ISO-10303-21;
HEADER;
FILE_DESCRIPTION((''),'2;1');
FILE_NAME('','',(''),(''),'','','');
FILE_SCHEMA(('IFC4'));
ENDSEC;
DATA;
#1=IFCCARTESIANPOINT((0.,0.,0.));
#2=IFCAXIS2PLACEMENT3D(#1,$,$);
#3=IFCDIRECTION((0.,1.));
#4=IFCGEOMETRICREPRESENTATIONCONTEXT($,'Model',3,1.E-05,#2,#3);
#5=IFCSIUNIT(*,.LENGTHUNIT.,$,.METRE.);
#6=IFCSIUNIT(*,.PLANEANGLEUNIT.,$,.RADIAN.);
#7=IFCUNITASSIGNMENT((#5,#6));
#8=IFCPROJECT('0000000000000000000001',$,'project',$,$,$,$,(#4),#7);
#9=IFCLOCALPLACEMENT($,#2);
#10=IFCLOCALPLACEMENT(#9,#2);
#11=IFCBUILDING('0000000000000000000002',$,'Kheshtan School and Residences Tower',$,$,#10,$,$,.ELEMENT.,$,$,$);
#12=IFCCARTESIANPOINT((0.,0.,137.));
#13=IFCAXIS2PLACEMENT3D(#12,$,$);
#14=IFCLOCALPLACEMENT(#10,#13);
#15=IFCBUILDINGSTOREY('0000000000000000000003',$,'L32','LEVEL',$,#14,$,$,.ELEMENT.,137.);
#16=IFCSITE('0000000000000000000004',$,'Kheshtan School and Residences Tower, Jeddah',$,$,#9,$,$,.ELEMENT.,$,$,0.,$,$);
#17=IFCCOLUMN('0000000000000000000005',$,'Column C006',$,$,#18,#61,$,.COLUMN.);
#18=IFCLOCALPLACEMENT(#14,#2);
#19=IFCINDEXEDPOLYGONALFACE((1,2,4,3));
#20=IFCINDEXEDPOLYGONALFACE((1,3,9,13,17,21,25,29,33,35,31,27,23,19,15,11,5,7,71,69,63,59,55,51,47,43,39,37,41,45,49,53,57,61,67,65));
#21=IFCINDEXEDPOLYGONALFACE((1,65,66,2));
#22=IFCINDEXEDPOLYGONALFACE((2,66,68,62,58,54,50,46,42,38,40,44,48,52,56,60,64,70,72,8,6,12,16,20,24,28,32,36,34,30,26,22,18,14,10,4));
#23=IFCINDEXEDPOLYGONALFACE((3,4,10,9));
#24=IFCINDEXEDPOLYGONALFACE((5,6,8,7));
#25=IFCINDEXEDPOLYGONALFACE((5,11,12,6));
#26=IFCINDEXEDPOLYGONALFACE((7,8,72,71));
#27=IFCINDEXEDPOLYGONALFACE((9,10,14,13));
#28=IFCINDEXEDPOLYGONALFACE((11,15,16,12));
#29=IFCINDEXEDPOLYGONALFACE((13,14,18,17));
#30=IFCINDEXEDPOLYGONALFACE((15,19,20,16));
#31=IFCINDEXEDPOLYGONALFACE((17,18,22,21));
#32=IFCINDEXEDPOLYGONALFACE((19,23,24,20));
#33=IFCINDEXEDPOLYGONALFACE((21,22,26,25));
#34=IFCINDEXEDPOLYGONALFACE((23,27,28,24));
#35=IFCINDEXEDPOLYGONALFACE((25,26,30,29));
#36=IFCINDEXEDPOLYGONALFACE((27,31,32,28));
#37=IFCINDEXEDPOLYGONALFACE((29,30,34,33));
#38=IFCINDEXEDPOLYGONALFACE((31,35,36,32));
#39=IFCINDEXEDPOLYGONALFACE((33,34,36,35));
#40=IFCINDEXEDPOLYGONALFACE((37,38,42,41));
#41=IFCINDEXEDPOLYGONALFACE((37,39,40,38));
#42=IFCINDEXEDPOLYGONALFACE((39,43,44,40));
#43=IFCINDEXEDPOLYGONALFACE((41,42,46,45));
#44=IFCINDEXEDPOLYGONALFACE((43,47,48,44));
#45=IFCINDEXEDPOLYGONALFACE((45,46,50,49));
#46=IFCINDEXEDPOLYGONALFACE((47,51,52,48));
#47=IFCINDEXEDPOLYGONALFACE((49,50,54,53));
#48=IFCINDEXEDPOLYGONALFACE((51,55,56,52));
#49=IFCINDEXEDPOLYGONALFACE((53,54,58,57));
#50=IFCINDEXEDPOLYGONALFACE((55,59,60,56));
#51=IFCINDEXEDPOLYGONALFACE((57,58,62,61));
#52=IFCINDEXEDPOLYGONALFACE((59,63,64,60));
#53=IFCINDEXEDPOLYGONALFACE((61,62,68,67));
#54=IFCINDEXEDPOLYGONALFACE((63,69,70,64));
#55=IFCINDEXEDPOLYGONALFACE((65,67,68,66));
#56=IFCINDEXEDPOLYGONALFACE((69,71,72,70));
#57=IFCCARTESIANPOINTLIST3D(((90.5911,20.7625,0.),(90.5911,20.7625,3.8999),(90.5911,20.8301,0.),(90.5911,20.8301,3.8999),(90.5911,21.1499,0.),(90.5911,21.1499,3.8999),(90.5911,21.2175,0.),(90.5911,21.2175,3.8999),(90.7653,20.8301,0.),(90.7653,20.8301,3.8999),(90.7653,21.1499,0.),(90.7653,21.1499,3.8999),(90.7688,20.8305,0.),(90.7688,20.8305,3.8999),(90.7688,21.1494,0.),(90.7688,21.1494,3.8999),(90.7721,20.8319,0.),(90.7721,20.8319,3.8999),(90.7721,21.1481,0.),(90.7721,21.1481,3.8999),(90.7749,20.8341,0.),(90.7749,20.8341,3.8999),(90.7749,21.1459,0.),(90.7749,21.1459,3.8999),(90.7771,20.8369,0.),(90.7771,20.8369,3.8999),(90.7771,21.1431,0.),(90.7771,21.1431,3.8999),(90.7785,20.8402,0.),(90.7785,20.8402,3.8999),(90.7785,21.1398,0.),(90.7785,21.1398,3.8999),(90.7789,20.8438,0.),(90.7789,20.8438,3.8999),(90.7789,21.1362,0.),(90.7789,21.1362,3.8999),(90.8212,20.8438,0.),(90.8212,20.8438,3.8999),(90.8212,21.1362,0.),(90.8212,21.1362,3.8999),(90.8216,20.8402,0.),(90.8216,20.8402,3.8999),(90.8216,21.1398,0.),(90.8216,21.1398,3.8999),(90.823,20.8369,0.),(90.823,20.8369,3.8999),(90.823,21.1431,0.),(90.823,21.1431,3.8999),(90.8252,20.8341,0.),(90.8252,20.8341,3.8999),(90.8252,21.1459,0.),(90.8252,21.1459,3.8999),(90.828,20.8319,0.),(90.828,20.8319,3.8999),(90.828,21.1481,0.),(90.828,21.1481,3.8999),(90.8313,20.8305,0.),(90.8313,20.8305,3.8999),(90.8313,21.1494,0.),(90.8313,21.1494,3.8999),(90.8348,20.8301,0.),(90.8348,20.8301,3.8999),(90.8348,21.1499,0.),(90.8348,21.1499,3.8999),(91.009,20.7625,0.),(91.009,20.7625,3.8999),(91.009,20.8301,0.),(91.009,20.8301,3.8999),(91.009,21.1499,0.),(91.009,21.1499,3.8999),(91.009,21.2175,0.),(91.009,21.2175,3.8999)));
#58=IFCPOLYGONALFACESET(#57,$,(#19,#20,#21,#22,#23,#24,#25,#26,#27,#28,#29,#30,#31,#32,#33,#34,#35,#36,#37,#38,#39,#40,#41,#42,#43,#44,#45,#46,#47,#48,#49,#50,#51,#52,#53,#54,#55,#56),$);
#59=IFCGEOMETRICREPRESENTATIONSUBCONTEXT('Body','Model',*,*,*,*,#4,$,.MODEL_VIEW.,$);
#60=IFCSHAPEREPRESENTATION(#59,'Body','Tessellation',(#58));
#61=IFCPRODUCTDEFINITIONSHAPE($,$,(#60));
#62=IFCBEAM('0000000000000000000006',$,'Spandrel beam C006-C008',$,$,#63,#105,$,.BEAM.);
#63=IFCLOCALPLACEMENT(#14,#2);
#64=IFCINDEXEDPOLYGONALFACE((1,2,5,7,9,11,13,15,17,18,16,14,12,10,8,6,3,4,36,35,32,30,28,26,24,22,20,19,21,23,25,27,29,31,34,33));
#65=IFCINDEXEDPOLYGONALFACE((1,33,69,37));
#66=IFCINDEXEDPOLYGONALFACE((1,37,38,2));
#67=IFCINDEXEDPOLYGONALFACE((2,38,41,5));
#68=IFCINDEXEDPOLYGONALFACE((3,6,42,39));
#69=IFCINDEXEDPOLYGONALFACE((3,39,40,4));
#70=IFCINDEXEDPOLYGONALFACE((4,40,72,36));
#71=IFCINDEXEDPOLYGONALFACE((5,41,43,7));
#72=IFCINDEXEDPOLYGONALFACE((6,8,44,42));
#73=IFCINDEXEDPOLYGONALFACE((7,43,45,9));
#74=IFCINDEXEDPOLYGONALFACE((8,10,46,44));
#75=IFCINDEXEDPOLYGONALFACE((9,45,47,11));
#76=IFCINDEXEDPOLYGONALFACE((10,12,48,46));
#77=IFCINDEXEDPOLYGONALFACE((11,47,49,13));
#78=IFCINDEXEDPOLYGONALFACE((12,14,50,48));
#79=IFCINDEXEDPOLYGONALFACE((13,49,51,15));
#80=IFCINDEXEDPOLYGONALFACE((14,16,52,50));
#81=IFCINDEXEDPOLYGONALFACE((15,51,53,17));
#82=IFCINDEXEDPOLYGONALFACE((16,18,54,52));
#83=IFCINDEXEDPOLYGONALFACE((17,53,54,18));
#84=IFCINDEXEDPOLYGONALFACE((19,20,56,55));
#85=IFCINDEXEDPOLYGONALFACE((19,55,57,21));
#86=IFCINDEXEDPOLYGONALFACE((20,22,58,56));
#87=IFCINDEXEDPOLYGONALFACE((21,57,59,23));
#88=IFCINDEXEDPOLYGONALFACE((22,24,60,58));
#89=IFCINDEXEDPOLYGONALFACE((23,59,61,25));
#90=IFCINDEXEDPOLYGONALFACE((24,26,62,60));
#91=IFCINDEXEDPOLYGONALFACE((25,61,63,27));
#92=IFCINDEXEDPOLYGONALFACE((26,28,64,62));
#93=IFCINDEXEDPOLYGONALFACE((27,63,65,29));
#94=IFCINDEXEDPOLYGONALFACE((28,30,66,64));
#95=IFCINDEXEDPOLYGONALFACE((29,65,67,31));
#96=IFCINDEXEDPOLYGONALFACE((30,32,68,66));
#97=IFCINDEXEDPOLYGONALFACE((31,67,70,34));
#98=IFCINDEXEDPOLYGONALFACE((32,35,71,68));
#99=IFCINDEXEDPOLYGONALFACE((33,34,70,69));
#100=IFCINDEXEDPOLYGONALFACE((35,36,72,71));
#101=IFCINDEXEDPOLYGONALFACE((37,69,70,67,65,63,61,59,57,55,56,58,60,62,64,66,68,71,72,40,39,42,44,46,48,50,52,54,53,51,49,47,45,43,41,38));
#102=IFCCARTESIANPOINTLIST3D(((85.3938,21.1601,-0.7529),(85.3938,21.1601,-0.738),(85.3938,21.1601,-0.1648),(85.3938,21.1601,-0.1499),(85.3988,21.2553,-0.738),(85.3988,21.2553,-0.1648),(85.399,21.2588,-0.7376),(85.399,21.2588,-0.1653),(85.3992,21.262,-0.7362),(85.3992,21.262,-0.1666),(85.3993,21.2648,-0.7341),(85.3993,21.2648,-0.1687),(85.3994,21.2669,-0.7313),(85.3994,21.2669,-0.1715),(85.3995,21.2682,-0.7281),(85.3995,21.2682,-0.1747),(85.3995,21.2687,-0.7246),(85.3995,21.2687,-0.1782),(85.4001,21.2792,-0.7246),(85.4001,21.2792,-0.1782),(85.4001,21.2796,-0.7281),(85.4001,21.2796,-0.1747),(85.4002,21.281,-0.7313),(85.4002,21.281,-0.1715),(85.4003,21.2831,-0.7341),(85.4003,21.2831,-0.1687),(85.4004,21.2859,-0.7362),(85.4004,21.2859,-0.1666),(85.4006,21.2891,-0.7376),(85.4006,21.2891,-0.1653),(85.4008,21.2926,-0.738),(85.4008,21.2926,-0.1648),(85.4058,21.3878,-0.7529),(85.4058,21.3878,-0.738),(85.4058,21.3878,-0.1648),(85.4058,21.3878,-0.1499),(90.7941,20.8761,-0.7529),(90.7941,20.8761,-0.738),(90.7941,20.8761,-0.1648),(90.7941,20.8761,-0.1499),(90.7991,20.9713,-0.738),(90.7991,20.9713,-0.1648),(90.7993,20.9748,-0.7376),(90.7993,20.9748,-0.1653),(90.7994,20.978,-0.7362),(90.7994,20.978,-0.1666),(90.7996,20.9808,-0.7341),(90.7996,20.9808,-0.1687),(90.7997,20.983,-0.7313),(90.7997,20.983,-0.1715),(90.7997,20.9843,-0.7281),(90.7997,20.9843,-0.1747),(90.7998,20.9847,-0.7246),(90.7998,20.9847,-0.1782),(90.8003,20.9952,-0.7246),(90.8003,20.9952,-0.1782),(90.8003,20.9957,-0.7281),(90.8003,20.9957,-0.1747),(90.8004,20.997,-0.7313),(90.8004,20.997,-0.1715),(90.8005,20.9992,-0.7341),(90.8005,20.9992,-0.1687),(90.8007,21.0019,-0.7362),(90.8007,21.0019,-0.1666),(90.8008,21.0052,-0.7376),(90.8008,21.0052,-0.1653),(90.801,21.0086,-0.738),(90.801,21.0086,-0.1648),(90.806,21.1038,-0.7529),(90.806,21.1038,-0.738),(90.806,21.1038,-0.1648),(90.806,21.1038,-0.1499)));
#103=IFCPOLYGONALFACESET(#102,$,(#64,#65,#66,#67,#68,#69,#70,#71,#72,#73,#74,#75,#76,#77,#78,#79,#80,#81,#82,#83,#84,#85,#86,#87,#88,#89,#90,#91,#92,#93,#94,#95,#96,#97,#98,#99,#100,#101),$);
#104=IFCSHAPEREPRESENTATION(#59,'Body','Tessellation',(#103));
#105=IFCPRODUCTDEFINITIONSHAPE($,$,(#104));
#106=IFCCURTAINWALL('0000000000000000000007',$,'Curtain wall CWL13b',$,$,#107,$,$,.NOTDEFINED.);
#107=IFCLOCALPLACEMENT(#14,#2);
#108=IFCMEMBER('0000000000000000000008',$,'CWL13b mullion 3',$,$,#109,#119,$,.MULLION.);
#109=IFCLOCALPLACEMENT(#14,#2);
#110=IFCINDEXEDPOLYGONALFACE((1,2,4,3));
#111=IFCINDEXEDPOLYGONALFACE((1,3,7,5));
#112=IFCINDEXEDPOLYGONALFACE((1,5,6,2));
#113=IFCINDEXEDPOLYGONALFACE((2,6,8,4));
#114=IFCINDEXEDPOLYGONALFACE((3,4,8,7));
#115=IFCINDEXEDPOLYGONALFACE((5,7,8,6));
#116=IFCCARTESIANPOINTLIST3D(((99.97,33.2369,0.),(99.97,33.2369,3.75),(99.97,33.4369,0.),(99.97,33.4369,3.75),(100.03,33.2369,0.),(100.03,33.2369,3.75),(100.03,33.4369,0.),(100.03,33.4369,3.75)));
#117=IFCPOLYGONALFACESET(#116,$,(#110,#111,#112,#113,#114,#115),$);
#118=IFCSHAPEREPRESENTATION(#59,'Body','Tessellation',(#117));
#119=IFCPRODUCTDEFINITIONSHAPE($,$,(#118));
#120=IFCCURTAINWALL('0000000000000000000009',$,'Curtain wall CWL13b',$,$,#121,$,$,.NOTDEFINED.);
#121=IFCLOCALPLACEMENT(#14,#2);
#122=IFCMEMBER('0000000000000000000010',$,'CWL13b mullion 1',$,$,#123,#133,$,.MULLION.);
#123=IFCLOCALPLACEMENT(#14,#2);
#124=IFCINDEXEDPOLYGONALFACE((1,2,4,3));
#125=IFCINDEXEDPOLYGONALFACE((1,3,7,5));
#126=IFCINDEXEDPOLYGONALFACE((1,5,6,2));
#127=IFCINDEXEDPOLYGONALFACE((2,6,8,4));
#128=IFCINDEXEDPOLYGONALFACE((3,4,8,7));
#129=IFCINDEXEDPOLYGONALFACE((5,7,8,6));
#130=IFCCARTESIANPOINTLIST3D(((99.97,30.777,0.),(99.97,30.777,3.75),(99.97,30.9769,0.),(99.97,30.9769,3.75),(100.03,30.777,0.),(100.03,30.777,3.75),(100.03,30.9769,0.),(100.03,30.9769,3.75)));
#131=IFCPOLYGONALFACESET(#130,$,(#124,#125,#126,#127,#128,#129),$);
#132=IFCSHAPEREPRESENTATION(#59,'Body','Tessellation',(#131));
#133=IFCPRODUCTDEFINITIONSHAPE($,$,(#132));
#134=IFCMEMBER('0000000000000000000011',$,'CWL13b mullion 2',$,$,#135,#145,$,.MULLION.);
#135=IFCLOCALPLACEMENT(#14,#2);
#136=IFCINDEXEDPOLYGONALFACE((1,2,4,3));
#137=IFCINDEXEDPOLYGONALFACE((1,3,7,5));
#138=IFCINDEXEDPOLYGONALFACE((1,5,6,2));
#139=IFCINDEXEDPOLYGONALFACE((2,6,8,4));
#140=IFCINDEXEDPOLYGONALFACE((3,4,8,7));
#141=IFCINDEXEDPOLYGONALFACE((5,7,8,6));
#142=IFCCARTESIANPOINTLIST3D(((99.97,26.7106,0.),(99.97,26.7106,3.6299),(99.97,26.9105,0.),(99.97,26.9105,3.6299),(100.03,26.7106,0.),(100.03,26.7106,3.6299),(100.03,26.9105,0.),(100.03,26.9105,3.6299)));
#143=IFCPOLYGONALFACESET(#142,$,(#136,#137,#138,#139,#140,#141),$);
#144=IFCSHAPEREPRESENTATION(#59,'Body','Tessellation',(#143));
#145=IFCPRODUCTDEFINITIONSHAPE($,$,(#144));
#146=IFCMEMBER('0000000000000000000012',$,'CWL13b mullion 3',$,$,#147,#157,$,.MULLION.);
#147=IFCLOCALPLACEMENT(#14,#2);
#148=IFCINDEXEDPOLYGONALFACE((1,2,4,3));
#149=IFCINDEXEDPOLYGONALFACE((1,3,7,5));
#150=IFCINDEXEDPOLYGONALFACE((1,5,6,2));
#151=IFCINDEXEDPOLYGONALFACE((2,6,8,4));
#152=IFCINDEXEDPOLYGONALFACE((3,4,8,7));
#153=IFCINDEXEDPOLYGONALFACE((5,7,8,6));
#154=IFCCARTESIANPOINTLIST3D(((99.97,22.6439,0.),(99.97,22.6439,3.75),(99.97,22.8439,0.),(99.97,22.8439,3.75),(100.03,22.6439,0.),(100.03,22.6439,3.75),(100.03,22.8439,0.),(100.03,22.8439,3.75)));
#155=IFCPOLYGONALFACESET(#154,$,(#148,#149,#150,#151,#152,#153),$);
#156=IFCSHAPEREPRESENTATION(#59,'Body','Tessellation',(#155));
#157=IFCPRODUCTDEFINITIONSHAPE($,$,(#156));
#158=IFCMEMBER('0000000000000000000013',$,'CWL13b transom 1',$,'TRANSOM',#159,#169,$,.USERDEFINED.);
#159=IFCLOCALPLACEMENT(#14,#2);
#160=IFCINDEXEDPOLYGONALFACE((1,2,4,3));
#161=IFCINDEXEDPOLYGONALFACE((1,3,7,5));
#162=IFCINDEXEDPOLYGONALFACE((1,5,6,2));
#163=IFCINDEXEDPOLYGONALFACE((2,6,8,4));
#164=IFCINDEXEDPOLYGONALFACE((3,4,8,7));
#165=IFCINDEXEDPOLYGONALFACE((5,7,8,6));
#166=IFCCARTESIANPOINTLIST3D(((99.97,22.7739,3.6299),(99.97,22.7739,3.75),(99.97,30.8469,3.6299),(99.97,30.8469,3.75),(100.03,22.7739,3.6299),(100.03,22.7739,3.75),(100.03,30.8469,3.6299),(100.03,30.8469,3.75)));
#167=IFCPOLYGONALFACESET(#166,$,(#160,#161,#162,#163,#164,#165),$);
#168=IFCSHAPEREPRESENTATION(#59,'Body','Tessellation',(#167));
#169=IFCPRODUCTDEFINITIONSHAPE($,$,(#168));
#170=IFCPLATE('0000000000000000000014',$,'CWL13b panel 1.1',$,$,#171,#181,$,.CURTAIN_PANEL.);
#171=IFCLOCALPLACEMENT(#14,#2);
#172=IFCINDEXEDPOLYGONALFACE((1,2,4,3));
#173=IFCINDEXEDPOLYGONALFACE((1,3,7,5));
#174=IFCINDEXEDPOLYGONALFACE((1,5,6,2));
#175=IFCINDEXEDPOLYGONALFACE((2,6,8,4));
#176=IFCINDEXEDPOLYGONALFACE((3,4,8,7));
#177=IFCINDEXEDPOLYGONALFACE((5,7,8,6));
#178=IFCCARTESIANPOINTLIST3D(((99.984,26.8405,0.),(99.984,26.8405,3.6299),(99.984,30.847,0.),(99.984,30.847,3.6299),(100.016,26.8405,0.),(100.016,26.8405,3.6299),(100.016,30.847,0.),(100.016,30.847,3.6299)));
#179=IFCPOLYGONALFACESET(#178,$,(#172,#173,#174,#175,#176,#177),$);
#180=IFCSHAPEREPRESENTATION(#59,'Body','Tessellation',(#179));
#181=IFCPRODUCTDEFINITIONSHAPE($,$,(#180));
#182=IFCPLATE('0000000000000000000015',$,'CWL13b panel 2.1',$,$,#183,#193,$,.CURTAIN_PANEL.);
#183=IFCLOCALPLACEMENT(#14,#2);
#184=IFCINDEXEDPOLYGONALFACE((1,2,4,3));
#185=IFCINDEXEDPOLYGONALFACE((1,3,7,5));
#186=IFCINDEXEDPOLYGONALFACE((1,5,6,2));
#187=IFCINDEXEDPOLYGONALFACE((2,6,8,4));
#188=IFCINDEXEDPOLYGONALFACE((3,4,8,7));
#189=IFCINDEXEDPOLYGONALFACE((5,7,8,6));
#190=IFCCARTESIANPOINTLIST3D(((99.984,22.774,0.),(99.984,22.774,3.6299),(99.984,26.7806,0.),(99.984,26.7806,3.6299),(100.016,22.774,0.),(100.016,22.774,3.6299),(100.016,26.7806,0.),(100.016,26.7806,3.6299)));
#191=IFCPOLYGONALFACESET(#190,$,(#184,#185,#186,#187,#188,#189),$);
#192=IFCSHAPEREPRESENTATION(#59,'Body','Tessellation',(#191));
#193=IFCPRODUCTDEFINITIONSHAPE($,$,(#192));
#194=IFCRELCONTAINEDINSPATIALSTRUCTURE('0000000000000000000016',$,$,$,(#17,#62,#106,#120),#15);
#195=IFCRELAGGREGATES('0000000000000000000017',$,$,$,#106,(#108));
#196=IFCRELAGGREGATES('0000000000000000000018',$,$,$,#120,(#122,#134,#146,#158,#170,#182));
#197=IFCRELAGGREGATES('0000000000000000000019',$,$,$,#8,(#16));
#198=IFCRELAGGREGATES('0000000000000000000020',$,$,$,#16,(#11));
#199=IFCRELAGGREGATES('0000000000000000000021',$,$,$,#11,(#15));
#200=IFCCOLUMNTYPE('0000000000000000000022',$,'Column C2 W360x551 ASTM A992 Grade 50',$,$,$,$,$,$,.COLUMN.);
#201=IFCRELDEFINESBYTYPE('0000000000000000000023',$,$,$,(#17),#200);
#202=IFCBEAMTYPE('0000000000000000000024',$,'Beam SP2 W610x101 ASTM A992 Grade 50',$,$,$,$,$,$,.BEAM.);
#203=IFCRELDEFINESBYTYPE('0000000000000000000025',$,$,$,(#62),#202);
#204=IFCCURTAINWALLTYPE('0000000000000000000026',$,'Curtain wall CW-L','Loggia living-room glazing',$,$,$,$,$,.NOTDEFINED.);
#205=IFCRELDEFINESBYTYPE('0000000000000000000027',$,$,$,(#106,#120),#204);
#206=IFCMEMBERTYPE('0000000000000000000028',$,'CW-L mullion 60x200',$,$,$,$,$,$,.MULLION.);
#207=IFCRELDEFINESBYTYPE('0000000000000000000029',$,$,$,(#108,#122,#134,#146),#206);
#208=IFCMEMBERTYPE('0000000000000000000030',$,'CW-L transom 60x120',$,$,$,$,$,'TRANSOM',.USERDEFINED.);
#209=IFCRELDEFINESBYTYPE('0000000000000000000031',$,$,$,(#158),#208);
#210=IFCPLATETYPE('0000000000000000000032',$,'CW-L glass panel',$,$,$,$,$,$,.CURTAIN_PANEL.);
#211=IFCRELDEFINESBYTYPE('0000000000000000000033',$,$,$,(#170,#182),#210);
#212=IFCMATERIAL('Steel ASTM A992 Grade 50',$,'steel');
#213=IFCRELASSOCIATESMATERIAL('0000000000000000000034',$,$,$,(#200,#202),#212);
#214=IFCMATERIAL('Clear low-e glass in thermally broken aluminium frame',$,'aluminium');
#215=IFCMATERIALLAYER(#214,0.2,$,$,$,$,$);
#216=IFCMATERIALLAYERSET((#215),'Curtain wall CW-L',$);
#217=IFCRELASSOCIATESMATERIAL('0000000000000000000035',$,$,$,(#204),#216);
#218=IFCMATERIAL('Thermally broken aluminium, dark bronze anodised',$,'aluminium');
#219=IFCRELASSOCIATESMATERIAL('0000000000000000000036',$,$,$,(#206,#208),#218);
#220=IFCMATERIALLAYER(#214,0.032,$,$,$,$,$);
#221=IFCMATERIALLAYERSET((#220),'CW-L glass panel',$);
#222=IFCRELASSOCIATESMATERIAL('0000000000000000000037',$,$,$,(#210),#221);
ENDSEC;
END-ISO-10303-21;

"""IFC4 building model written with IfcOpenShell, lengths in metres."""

from ifc_helpers import new_model, si_unit, direction, frame, origin, origin_2d, place, context, subcontext, project, spatial, rectangle, i_section, extrude, material, layer, layer_set, material_profile, profile_set, type_object, element, aggregate, save


model = new_model("IFC4")

# Units and contexts
model_context = context("Model", 3, precision=1e-05, world=origin(), true_north=direction((0.0, 1.0)))
body_context = subcontext(model_context, "Body", "Model", "MODEL_VIEW")
ifc_project = project(units=[si_unit("LENGTHUNIT", "METRE"), si_unit("PLANEANGLEUNIT", "RADIAN")], contexts=[model_context])

# Site, building, storey
site_placement = place(None, origin())
site = spatial("IfcSite", under=ifc_project, at=site_placement, Name="Kheshtan School and Residences Tower, Jeddah", CompositionType="ELEMENT", RefElevation=0.0)
building_placement = place(site_placement, origin())
building = spatial("IfcBuilding", under=site, at=building_placement, Name="Kheshtan School and Residences Tower", CompositionType="ELEMENT")
storey_placement = place(building_placement, frame((0.0, 0.0, 137.0)))
storey = spatial("IfcBuildingStorey", under=building, at=storey_placement, Name="L32", Description="LEVEL", CompositionType="ELEMENT", Elevation=137.0)

# Column
ifc_material_1 = material(Name="Steel ASTM A992 Grade 50", Category="steel")
ifc_material_profile_1 = material_profile(ifc_material_1, i_section(OverallWidth=0.418, OverallDepth=0.4551, WebThickness=0.0422, FlangeThickness=0.0676, FilletRadius=0.0137, at=origin_2d()), Name="W360x551")
ifc_profile_set_1 = profile_set([ifc_material_profile_1], Name="Steel ASTM A992 Grade 50")
column_type = type_object("IfcColumnType", Name="Column C2 W360x551 ASTM A992 Grade 50", PredefinedType="COLUMN", material=ifc_profile_set_1)
column_placement = place(storey_placement, frame((90.8, 20.99, 0.0), z_axis=(0.0, 0.0, 1.0), x_axis=(1.0, 0.0, 0.0)))
element("IfcColumn", 1, at=column_placement, inside=storey, type_object=column_type, Name="Column C006", PredefinedType="COLUMN", context=body_context, shape_type="SweptSolid", body=[
    extrude(i_section(OverallWidth=0.418, OverallDepth=0.4551, WebThickness=0.0422, FlangeThickness=0.0676, FilletRadius=0.0137, at=origin_2d()), origin(), (0.0, 0.0, 1.0), 3.8999),
])

# Beam
ifc_material_profile_2 = material_profile(ifc_material_1, i_section(OverallWidth=0.228, OverallDepth=0.603, WebThickness=0.0105, FlangeThickness=0.0149, FilletRadius=0.0134, at=origin_2d()), Name="W610x101")
ifc_profile_set_2 = profile_set([ifc_material_profile_2], Name="Steel ASTM A992 Grade 50")
beam_type = type_object("IfcBeamType", Name="Beam SP2 W610x101 ASTM A992 Grade 50", PredefinedType="BEAM", material=ifc_profile_set_2)
beam_placement = place(storey_placement, frame((90.8, 20.99, -0.4514), z_axis=(-0.998621, 0.052507, 0.0), x_axis=(-0.052507, -0.998621, 0.0)))
element("IfcBeam", 2, at=beam_placement, inside=storey, type_object=beam_type, Name="Spandrel beam C006-C008", PredefinedType="BEAM", context=body_context, shape_type="SweptSolid", body=[
    extrude(i_section(OverallWidth=0.228, OverallDepth=0.603, WebThickness=0.0105, FlangeThickness=0.0149, FilletRadius=0.0134, at=origin_2d()), origin(), (0.0, 0.0, 1.0), 5.4077),
])

# Curtain wall, member
ifc_material_2 = material(Name="Clear low-e glass in thermally broken aluminium frame", Category="aluminium")
ifc_layer_1 = layer(ifc_material_2, 0.2)
ifc_layer_set_1 = layer_set([ifc_layer_1], Name="Curtain wall CW-L")
curtain_wall_type = type_object("IfcCurtainWallType", Name="Curtain wall CW-L", Description="Loggia living-room glazing", PredefinedType="NOTDEFINED", material=ifc_layer_set_1)
curtain_wall_1_placement = place(storey_placement, origin())
curtain_wall_1 = element("IfcCurtainWall", 3, at=curtain_wall_1_placement, inside=storey, type_object=curtain_wall_type, Name="Curtain wall CWL13b", PredefinedType="NOTDEFINED")
ifc_material_3 = material(Name="Thermally broken aluminium, dark bronze anodised", Category="aluminium")
ifc_material_profile_3 = material_profile(ifc_material_3, rectangle(XDim=0.0601, YDim=0.2, at=origin_2d()), Name="CW-L mullion 60x200")
ifc_profile_set_3 = profile_set([ifc_material_profile_3], Name="Thermally broken aluminium, dark bronze anodised")
member_type_1 = type_object("IfcMemberType", Name="CW-L mullion 60x200", PredefinedType="MULLION", material=ifc_profile_set_3)
member_1_placement = place(storey_placement, frame((100.0, 33.3369, 0.0), z_axis=(0.0, 0.0, 1.0), x_axis=(1.0, 0.0, 0.0)))
member_1 = element("IfcMember", 4, at=member_1_placement, type_object=member_type_1, Name="CWL13b mullion 3", PredefinedType="MULLION", context=body_context, shape_type="SweptSolid", body=[
    extrude(rectangle(XDim=0.0601, YDim=0.2, at=origin_2d()), origin(), (0.0, 0.0, 1.0), 3.75),
])
aggregate(curtain_wall_1, [member_1])

# Curtain wall, members, plates
curtain_wall_2_placement = place(storey_placement, origin())
curtain_wall_2 = element("IfcCurtainWall", 5, at=curtain_wall_2_placement, inside=storey, type_object=curtain_wall_type, Name="Curtain wall CWL13b", PredefinedType="NOTDEFINED")
member_2_placement = place(storey_placement, frame((100.0, 30.877, 0.0), z_axis=(0.0, 0.0, 1.0), x_axis=(1.0, 0.0, 0.0)))
member_2 = element("IfcMember", 6, at=member_2_placement, type_object=member_type_1, Name="CWL13b mullion 1", PredefinedType="MULLION", context=body_context, shape_type="SweptSolid", body=[
    extrude(rectangle(XDim=0.0601, YDim=0.2, at=origin_2d()), origin(), (0.0, 0.0, 1.0), 3.75),
])
member_3_placement = place(storey_placement, frame((100.0, 26.8105, 0.0), z_axis=(0.0, 0.0, 1.0), x_axis=(1.0, 0.0, 0.0)))
member_3 = element("IfcMember", 7, at=member_3_placement, type_object=member_type_1, Name="CWL13b mullion 2", PredefinedType="MULLION", context=body_context, shape_type="SweptSolid", body=[
    extrude(rectangle(XDim=0.0601, YDim=0.2, at=origin_2d()), origin(), (0.0, 0.0, 1.0), 3.6299),
])
member_4_placement = place(storey_placement, frame((100.0, 22.7439, 0.0), z_axis=(0.0, 0.0, 1.0), x_axis=(1.0, 0.0, 0.0)))
member_4 = element("IfcMember", 8, at=member_4_placement, type_object=member_type_1, Name="CWL13b mullion 3", PredefinedType="MULLION", context=body_context, shape_type="SweptSolid", body=[
    extrude(rectangle(XDim=0.0601, YDim=0.2, at=origin_2d()), origin(), (0.0, 0.0, 1.0), 3.75),
])
ifc_material_profile_4 = material_profile(ifc_material_3, rectangle(XDim=0.0601, YDim=0.1201, at=origin_2d()), Name="CW-L transom 60x120")
ifc_profile_set_4 = profile_set([ifc_material_profile_4], Name="Thermally broken aluminium, dark bronze anodised")
member_type_2 = type_object("IfcMemberType", Name="CW-L transom 60x120", ElementType="TRANSOM", PredefinedType="USERDEFINED", material=ifc_profile_set_4)
member_5_placement = place(storey_placement, frame((100.0, 30.8469, 3.6899), z_axis=(0.0, -1.0, 0.0), x_axis=(1.0, 0.0, 0.0)))
member_5 = element("IfcMember", 9, at=member_5_placement, type_object=member_type_2, Name="CWL13b transom 1", ObjectType="TRANSOM", PredefinedType="USERDEFINED", context=body_context, shape_type="SweptSolid", body=[
    extrude(rectangle(XDim=0.0601, YDim=0.1201, at=origin_2d()), origin(), (0.0, 0.0, 1.0), 8.073),
])
ifc_layer_2 = layer(ifc_material_2, 0.032)
ifc_layer_set_2 = layer_set([ifc_layer_2], Name="CW-L glass panel")
plate_type = type_object("IfcPlateType", Name="CW-L glass panel", PredefinedType="CURTAIN_PANEL", material=ifc_layer_set_2)
plate_1_placement = place(storey_placement, frame((100.0, 28.8438, 0.0), z_axis=(0.0, 0.0, 1.0), x_axis=(0.0, -1.0, 0.0)))
plate_1 = element("IfcPlate", 10, at=plate_1_placement, type_object=plate_type, Name="CWL13b panel 1.1", PredefinedType="CURTAIN_PANEL", context=body_context, shape_type="SweptSolid", body=[
    extrude(rectangle(XDim=4.0066, YDim=0.032, at=origin_2d()), origin(), (0.0, 0.0, 1.0), 3.6299),
])
plate_2_placement = place(storey_placement, frame((100.0, 24.7773, 0.0), z_axis=(0.0, 0.0, 1.0), x_axis=(0.0, -1.0, 0.0)))
plate_2 = element("IfcPlate", 11, at=plate_2_placement, type_object=plate_type, Name="CWL13b panel 2.1", PredefinedType="CURTAIN_PANEL", context=body_context, shape_type="SweptSolid", body=[
    extrude(rectangle(XDim=4.0066, YDim=0.032, at=origin_2d()), origin(), (0.0, 0.0, 1.0), 3.6299),
])
aggregate(curtain_wall_2, [member_2, member_3, member_4, member_5, plate_1, plate_2])

save(model, "model.ifc")
